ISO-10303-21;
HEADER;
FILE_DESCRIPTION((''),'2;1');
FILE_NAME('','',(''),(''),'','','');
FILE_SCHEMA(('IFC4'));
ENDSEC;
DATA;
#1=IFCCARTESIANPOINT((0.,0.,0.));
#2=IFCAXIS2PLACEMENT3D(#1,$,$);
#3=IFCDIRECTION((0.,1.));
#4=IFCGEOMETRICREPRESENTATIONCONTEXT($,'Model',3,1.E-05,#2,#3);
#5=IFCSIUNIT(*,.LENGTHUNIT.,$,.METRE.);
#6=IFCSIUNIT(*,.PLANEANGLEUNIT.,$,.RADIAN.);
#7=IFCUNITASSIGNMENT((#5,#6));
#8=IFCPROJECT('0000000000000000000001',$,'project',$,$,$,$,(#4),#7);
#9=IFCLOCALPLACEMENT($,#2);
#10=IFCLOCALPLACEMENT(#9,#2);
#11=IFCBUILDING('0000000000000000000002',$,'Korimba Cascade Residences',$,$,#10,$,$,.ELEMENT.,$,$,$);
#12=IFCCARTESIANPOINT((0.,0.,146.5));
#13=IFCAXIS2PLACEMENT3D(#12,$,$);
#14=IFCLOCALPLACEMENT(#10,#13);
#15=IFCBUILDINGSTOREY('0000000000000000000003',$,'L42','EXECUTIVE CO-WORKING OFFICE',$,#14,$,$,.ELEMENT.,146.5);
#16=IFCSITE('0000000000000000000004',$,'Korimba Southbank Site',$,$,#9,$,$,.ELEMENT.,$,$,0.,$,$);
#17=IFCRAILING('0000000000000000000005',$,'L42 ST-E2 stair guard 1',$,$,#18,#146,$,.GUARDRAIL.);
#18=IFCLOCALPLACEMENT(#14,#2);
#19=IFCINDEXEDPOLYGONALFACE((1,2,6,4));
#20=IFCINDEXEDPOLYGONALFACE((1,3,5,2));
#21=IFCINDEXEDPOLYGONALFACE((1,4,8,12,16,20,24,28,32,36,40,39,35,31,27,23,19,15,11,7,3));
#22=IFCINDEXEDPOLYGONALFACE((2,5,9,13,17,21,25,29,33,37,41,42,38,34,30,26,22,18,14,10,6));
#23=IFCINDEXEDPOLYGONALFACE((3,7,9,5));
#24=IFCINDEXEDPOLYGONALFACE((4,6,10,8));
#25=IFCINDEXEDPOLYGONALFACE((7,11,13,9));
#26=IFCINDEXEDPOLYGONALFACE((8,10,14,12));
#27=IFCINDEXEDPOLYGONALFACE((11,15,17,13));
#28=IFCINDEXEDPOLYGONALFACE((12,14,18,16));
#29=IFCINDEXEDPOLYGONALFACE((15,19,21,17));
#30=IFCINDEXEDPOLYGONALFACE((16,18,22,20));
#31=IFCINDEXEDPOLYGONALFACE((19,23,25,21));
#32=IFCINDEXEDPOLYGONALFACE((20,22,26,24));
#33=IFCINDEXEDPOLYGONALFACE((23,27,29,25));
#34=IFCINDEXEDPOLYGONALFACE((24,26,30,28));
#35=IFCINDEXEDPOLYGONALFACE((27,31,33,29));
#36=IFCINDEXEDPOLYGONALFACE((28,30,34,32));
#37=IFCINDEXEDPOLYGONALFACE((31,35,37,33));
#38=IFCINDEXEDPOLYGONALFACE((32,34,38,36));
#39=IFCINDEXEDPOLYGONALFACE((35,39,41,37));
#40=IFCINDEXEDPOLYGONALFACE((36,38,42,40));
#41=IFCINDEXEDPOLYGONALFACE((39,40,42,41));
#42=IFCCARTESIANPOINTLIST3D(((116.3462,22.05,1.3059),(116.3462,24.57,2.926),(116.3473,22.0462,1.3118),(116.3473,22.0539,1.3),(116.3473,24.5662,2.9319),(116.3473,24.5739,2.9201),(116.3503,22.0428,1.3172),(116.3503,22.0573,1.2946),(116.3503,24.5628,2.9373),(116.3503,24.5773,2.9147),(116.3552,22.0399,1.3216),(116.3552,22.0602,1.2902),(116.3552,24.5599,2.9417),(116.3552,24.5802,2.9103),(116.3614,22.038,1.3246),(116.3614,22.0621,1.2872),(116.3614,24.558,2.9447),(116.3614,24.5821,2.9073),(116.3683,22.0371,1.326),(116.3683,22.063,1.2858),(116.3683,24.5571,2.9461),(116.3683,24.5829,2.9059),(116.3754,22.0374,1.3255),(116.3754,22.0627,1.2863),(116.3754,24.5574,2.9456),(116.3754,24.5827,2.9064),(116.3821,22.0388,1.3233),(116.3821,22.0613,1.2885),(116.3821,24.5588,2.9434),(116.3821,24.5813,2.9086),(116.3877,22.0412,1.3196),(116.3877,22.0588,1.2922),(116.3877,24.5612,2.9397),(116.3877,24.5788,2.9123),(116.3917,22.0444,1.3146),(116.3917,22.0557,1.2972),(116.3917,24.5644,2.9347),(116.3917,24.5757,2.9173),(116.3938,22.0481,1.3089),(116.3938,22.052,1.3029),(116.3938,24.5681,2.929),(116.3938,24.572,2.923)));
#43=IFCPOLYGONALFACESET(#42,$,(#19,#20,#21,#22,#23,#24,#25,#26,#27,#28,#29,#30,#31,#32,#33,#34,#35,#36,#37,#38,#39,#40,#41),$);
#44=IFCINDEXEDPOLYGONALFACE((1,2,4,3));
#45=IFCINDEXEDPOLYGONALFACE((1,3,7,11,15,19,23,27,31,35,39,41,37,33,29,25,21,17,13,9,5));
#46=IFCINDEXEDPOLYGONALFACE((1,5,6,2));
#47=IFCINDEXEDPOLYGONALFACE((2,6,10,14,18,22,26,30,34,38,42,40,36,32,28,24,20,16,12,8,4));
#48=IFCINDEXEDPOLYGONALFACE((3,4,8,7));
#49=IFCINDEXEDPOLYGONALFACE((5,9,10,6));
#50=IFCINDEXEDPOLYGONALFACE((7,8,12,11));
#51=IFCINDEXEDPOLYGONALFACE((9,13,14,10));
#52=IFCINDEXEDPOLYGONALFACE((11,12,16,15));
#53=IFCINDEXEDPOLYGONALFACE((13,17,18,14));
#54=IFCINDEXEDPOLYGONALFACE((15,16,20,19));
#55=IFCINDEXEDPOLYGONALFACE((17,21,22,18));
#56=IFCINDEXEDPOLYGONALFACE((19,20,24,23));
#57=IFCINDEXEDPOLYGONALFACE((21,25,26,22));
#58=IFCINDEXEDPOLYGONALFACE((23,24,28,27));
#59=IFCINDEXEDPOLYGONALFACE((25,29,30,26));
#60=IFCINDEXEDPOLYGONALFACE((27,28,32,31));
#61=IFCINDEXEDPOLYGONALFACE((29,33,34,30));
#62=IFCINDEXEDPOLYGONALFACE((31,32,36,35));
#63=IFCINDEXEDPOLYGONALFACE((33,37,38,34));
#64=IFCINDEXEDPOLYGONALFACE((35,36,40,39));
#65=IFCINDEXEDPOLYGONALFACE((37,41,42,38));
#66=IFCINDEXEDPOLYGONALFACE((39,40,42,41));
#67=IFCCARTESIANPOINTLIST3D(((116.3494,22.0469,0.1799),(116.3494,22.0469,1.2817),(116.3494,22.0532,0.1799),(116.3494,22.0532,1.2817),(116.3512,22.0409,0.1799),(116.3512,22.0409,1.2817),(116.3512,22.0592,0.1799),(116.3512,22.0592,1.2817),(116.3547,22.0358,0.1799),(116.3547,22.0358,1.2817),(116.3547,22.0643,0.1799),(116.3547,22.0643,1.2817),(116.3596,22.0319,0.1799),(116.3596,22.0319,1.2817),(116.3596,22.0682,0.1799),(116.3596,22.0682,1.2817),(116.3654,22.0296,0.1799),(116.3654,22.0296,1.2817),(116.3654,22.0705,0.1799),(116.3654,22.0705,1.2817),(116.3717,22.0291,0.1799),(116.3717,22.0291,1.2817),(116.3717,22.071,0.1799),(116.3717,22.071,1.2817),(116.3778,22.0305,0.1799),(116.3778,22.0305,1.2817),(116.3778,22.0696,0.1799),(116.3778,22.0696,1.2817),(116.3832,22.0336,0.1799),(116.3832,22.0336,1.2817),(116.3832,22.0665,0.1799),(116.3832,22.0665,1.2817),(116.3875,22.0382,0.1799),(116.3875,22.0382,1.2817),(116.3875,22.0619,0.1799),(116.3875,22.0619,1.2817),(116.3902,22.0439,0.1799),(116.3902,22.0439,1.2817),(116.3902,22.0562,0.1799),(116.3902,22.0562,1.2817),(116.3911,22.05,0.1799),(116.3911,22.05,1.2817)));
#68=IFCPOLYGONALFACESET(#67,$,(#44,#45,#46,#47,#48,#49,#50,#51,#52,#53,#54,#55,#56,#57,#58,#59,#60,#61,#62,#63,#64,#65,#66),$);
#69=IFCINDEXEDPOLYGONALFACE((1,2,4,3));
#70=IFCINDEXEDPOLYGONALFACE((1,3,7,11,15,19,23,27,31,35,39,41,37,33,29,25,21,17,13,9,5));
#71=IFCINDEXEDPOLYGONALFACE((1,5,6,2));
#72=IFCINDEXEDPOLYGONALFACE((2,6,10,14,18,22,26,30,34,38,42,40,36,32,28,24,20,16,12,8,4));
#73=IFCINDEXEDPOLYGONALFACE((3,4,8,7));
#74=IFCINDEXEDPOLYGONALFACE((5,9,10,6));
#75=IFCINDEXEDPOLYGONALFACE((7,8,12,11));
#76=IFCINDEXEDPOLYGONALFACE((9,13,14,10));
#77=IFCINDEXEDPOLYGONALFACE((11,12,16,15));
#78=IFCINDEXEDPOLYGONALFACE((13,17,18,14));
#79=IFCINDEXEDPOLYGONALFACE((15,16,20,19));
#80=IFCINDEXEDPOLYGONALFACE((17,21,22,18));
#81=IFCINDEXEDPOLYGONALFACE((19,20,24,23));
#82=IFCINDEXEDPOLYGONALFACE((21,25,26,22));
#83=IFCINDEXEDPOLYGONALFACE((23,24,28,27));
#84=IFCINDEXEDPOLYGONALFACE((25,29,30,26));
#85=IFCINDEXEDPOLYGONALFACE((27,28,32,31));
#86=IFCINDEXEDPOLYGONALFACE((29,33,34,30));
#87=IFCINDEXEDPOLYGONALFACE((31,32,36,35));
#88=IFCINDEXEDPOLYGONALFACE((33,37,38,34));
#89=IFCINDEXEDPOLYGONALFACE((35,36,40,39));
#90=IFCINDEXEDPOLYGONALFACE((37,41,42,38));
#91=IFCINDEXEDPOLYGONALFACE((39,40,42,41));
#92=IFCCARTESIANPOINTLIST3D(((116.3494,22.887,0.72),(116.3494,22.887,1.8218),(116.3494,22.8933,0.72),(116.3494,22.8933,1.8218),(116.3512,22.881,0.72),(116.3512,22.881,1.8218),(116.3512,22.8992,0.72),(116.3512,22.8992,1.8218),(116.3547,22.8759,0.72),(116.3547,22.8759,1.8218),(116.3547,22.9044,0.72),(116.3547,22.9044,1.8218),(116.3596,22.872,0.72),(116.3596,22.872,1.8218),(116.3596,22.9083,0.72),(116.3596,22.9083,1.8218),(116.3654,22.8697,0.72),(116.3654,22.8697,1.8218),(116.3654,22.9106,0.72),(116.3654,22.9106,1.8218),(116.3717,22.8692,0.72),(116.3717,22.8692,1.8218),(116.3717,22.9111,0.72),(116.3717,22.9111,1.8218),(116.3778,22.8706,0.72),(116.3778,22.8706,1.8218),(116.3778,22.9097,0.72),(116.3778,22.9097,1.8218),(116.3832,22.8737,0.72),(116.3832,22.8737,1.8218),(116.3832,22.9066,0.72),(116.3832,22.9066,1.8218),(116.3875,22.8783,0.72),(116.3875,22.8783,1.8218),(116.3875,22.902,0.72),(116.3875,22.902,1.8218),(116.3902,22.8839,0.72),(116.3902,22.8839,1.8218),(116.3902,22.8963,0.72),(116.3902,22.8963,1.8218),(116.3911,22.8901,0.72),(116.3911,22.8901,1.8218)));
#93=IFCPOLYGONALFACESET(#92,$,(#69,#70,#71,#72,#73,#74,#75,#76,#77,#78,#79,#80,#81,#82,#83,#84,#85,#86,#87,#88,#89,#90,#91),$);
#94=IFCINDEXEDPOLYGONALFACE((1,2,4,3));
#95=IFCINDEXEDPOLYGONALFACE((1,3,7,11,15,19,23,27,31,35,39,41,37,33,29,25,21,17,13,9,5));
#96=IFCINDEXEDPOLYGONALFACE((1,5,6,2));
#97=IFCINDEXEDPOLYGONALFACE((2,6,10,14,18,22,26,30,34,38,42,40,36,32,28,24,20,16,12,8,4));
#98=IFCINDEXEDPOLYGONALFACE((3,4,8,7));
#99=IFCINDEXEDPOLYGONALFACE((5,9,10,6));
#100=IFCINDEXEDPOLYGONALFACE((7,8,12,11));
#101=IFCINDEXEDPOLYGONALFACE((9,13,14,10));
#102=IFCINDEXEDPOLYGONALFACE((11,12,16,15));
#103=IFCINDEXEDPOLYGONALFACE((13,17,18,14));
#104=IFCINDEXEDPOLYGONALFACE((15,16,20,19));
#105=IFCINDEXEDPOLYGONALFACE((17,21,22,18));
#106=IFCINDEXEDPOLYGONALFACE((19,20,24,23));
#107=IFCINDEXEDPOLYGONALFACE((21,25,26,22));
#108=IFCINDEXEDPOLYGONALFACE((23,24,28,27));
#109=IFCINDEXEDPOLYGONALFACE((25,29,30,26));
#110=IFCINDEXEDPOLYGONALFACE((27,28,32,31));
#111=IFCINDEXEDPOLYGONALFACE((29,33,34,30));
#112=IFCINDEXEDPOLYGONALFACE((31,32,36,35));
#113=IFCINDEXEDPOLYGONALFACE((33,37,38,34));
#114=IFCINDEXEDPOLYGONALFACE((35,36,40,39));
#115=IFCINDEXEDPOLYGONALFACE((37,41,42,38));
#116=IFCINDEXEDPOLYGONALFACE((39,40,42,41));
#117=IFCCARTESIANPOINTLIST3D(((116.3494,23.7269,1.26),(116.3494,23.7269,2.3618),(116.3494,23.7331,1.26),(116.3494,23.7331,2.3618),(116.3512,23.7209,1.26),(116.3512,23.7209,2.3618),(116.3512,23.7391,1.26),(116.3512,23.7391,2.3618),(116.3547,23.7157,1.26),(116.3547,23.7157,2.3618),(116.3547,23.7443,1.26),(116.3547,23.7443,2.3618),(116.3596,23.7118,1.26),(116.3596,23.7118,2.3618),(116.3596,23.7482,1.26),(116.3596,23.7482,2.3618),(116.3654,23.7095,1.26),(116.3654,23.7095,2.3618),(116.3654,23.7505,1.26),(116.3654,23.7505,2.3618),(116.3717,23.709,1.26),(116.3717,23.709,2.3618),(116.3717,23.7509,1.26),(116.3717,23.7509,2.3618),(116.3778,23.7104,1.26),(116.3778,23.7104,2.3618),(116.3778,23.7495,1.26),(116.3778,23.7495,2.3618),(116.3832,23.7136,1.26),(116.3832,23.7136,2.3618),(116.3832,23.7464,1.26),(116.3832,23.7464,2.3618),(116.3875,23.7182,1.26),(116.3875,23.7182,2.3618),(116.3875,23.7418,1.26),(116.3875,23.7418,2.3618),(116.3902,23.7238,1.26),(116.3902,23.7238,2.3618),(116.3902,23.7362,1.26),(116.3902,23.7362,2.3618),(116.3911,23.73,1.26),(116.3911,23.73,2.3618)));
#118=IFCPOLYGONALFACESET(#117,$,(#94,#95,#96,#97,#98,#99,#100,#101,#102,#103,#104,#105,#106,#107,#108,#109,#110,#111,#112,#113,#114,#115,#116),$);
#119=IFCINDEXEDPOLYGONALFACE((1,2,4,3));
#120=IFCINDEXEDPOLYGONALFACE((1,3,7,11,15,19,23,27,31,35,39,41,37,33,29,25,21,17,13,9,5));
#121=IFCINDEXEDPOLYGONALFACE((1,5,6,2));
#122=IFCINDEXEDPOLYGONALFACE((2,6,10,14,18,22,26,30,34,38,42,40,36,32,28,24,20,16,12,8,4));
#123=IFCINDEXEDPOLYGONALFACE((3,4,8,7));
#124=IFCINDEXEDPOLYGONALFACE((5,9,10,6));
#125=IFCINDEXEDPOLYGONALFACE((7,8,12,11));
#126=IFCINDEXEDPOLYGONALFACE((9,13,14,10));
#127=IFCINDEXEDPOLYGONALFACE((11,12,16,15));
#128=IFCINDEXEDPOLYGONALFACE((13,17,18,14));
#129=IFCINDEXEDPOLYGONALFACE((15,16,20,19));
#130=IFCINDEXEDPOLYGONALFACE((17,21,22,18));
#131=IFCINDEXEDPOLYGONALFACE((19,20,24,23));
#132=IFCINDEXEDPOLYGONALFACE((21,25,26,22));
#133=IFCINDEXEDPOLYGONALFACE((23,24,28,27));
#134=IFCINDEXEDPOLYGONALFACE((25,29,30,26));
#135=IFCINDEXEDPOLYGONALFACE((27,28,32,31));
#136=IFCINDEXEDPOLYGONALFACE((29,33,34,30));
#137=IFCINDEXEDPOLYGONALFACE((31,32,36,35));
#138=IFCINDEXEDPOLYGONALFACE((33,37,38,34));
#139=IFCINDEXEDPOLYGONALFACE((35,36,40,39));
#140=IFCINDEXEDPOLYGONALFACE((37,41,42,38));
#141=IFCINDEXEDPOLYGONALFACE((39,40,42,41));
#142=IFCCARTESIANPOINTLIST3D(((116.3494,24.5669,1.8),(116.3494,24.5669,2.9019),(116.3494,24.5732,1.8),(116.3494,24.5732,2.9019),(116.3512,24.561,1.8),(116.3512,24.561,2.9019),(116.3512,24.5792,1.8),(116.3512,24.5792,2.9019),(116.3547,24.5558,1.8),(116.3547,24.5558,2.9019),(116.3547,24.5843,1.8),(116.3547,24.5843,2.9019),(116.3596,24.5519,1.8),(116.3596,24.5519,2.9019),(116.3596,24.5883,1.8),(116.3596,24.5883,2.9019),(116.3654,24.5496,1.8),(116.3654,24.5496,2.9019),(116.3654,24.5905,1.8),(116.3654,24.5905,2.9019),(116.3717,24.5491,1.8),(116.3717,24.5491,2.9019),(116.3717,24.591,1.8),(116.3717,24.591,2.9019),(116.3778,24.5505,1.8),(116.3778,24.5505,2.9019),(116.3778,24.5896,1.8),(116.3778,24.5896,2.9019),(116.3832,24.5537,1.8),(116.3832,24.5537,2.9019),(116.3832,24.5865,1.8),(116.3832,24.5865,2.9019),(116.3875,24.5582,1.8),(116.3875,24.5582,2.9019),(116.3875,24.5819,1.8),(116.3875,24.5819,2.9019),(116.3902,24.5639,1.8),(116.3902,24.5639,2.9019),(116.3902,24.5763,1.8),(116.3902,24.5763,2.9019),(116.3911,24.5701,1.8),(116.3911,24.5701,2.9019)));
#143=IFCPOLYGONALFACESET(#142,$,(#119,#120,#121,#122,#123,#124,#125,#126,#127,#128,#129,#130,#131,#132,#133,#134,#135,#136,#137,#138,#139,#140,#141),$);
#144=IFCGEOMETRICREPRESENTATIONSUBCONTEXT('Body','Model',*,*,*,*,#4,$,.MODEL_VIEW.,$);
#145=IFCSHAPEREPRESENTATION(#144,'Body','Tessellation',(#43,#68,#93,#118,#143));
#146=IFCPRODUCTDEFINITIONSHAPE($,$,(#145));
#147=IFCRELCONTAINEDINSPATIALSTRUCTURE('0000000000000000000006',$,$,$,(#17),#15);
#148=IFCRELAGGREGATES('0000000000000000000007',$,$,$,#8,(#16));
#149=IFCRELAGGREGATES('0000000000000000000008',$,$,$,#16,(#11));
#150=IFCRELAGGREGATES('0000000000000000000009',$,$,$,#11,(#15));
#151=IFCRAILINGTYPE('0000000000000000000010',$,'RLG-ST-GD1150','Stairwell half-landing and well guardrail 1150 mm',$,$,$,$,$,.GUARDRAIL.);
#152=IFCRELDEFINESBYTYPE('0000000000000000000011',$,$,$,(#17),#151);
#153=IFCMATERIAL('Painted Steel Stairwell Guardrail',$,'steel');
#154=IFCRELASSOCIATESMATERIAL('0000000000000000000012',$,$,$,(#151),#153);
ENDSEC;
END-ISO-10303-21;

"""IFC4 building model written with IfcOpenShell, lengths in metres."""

from ifc_helpers import new_model, si_unit, direction, frame, origin, origin_2d, place, context, subcontext, project, spatial, circle, extrude, material, type_object, element, save


model = new_model("IFC4")

# Units and contexts
model_context = context("Model", 3, precision=1e-05, world=origin(), true_north=direction((0.0, 1.0)))
body_context = subcontext(model_context, "Body", "Model", "MODEL_VIEW")
ifc_project = project(units=[si_unit("LENGTHUNIT", "METRE"), si_unit("PLANEANGLEUNIT", "RADIAN")], contexts=[model_context])

# Site, building, storey
site_placement = place(None, origin())
site = spatial("IfcSite", under=ifc_project, at=site_placement, Name="Korimba Southbank Site", CompositionType="ELEMENT", RefElevation=0.0)
building_placement = place(site_placement, origin())
building = spatial("IfcBuilding", under=site, at=building_placement, Name="Korimba Cascade Residences", CompositionType="ELEMENT")
storey_placement = place(building_placement, frame((0.0, 0.0, 146.5)))
storey = spatial("IfcBuildingStorey", under=building, at=storey_placement, Name="L42", Description="EXECUTIVE CO-WORKING OFFICE", CompositionType="ELEMENT", Elevation=146.5)

# Railing
ifc_material_1 = material(Name="Painted Steel Stairwell Guardrail", Category="steel")
railing_type_1 = type_object("IfcRailingType", Name="RLG-ST-GD1150", Description="Stairwell half-landing and well guardrail 1150 mm", PredefinedType="GUARDRAIL", material=ifc_material_1)
railing_1_placement = place(storey_placement, frame((116.3701, 22.05, 0.1799)))
element("IfcRailing", 1, at=railing_1_placement, inside=storey, type_object=railing_type_1, Name="L42 ST-E2 stair guard 1", PredefinedType="GUARDRAIL", context=body_context, shape_type="SweptSolid", body=[
    extrude(circle(Radius=0.0239, at=origin_2d()), frame((0.0, 0.0, 1.126), z_axis=(0.0, 0.841163, 0.540782), x_axis=(-1.0, 0.0, 0.0)), (0.0, 0.0, 1.0), 2.9958),
    extrude(circle(Radius=0.021, at=origin_2d()), origin(), (0.0, 0.0, 1.0), 1.1018),
    extrude(circle(Radius=0.021, at=origin_2d()), frame((0.0, 0.8401, 0.54)), (0.0, 0.0, 1.0), 1.1018),
    extrude(circle(Radius=0.021, at=origin_2d()), frame((0.0, 1.6799, 1.0801)), (0.0, 0.0, 1.0), 1.1018),
    extrude(circle(Radius=0.021, at=origin_2d()), frame((0.0, 2.52, 1.6201)), (0.0, 0.0, 1.0), 1.1018),
])

save(model, "model.ifc")
